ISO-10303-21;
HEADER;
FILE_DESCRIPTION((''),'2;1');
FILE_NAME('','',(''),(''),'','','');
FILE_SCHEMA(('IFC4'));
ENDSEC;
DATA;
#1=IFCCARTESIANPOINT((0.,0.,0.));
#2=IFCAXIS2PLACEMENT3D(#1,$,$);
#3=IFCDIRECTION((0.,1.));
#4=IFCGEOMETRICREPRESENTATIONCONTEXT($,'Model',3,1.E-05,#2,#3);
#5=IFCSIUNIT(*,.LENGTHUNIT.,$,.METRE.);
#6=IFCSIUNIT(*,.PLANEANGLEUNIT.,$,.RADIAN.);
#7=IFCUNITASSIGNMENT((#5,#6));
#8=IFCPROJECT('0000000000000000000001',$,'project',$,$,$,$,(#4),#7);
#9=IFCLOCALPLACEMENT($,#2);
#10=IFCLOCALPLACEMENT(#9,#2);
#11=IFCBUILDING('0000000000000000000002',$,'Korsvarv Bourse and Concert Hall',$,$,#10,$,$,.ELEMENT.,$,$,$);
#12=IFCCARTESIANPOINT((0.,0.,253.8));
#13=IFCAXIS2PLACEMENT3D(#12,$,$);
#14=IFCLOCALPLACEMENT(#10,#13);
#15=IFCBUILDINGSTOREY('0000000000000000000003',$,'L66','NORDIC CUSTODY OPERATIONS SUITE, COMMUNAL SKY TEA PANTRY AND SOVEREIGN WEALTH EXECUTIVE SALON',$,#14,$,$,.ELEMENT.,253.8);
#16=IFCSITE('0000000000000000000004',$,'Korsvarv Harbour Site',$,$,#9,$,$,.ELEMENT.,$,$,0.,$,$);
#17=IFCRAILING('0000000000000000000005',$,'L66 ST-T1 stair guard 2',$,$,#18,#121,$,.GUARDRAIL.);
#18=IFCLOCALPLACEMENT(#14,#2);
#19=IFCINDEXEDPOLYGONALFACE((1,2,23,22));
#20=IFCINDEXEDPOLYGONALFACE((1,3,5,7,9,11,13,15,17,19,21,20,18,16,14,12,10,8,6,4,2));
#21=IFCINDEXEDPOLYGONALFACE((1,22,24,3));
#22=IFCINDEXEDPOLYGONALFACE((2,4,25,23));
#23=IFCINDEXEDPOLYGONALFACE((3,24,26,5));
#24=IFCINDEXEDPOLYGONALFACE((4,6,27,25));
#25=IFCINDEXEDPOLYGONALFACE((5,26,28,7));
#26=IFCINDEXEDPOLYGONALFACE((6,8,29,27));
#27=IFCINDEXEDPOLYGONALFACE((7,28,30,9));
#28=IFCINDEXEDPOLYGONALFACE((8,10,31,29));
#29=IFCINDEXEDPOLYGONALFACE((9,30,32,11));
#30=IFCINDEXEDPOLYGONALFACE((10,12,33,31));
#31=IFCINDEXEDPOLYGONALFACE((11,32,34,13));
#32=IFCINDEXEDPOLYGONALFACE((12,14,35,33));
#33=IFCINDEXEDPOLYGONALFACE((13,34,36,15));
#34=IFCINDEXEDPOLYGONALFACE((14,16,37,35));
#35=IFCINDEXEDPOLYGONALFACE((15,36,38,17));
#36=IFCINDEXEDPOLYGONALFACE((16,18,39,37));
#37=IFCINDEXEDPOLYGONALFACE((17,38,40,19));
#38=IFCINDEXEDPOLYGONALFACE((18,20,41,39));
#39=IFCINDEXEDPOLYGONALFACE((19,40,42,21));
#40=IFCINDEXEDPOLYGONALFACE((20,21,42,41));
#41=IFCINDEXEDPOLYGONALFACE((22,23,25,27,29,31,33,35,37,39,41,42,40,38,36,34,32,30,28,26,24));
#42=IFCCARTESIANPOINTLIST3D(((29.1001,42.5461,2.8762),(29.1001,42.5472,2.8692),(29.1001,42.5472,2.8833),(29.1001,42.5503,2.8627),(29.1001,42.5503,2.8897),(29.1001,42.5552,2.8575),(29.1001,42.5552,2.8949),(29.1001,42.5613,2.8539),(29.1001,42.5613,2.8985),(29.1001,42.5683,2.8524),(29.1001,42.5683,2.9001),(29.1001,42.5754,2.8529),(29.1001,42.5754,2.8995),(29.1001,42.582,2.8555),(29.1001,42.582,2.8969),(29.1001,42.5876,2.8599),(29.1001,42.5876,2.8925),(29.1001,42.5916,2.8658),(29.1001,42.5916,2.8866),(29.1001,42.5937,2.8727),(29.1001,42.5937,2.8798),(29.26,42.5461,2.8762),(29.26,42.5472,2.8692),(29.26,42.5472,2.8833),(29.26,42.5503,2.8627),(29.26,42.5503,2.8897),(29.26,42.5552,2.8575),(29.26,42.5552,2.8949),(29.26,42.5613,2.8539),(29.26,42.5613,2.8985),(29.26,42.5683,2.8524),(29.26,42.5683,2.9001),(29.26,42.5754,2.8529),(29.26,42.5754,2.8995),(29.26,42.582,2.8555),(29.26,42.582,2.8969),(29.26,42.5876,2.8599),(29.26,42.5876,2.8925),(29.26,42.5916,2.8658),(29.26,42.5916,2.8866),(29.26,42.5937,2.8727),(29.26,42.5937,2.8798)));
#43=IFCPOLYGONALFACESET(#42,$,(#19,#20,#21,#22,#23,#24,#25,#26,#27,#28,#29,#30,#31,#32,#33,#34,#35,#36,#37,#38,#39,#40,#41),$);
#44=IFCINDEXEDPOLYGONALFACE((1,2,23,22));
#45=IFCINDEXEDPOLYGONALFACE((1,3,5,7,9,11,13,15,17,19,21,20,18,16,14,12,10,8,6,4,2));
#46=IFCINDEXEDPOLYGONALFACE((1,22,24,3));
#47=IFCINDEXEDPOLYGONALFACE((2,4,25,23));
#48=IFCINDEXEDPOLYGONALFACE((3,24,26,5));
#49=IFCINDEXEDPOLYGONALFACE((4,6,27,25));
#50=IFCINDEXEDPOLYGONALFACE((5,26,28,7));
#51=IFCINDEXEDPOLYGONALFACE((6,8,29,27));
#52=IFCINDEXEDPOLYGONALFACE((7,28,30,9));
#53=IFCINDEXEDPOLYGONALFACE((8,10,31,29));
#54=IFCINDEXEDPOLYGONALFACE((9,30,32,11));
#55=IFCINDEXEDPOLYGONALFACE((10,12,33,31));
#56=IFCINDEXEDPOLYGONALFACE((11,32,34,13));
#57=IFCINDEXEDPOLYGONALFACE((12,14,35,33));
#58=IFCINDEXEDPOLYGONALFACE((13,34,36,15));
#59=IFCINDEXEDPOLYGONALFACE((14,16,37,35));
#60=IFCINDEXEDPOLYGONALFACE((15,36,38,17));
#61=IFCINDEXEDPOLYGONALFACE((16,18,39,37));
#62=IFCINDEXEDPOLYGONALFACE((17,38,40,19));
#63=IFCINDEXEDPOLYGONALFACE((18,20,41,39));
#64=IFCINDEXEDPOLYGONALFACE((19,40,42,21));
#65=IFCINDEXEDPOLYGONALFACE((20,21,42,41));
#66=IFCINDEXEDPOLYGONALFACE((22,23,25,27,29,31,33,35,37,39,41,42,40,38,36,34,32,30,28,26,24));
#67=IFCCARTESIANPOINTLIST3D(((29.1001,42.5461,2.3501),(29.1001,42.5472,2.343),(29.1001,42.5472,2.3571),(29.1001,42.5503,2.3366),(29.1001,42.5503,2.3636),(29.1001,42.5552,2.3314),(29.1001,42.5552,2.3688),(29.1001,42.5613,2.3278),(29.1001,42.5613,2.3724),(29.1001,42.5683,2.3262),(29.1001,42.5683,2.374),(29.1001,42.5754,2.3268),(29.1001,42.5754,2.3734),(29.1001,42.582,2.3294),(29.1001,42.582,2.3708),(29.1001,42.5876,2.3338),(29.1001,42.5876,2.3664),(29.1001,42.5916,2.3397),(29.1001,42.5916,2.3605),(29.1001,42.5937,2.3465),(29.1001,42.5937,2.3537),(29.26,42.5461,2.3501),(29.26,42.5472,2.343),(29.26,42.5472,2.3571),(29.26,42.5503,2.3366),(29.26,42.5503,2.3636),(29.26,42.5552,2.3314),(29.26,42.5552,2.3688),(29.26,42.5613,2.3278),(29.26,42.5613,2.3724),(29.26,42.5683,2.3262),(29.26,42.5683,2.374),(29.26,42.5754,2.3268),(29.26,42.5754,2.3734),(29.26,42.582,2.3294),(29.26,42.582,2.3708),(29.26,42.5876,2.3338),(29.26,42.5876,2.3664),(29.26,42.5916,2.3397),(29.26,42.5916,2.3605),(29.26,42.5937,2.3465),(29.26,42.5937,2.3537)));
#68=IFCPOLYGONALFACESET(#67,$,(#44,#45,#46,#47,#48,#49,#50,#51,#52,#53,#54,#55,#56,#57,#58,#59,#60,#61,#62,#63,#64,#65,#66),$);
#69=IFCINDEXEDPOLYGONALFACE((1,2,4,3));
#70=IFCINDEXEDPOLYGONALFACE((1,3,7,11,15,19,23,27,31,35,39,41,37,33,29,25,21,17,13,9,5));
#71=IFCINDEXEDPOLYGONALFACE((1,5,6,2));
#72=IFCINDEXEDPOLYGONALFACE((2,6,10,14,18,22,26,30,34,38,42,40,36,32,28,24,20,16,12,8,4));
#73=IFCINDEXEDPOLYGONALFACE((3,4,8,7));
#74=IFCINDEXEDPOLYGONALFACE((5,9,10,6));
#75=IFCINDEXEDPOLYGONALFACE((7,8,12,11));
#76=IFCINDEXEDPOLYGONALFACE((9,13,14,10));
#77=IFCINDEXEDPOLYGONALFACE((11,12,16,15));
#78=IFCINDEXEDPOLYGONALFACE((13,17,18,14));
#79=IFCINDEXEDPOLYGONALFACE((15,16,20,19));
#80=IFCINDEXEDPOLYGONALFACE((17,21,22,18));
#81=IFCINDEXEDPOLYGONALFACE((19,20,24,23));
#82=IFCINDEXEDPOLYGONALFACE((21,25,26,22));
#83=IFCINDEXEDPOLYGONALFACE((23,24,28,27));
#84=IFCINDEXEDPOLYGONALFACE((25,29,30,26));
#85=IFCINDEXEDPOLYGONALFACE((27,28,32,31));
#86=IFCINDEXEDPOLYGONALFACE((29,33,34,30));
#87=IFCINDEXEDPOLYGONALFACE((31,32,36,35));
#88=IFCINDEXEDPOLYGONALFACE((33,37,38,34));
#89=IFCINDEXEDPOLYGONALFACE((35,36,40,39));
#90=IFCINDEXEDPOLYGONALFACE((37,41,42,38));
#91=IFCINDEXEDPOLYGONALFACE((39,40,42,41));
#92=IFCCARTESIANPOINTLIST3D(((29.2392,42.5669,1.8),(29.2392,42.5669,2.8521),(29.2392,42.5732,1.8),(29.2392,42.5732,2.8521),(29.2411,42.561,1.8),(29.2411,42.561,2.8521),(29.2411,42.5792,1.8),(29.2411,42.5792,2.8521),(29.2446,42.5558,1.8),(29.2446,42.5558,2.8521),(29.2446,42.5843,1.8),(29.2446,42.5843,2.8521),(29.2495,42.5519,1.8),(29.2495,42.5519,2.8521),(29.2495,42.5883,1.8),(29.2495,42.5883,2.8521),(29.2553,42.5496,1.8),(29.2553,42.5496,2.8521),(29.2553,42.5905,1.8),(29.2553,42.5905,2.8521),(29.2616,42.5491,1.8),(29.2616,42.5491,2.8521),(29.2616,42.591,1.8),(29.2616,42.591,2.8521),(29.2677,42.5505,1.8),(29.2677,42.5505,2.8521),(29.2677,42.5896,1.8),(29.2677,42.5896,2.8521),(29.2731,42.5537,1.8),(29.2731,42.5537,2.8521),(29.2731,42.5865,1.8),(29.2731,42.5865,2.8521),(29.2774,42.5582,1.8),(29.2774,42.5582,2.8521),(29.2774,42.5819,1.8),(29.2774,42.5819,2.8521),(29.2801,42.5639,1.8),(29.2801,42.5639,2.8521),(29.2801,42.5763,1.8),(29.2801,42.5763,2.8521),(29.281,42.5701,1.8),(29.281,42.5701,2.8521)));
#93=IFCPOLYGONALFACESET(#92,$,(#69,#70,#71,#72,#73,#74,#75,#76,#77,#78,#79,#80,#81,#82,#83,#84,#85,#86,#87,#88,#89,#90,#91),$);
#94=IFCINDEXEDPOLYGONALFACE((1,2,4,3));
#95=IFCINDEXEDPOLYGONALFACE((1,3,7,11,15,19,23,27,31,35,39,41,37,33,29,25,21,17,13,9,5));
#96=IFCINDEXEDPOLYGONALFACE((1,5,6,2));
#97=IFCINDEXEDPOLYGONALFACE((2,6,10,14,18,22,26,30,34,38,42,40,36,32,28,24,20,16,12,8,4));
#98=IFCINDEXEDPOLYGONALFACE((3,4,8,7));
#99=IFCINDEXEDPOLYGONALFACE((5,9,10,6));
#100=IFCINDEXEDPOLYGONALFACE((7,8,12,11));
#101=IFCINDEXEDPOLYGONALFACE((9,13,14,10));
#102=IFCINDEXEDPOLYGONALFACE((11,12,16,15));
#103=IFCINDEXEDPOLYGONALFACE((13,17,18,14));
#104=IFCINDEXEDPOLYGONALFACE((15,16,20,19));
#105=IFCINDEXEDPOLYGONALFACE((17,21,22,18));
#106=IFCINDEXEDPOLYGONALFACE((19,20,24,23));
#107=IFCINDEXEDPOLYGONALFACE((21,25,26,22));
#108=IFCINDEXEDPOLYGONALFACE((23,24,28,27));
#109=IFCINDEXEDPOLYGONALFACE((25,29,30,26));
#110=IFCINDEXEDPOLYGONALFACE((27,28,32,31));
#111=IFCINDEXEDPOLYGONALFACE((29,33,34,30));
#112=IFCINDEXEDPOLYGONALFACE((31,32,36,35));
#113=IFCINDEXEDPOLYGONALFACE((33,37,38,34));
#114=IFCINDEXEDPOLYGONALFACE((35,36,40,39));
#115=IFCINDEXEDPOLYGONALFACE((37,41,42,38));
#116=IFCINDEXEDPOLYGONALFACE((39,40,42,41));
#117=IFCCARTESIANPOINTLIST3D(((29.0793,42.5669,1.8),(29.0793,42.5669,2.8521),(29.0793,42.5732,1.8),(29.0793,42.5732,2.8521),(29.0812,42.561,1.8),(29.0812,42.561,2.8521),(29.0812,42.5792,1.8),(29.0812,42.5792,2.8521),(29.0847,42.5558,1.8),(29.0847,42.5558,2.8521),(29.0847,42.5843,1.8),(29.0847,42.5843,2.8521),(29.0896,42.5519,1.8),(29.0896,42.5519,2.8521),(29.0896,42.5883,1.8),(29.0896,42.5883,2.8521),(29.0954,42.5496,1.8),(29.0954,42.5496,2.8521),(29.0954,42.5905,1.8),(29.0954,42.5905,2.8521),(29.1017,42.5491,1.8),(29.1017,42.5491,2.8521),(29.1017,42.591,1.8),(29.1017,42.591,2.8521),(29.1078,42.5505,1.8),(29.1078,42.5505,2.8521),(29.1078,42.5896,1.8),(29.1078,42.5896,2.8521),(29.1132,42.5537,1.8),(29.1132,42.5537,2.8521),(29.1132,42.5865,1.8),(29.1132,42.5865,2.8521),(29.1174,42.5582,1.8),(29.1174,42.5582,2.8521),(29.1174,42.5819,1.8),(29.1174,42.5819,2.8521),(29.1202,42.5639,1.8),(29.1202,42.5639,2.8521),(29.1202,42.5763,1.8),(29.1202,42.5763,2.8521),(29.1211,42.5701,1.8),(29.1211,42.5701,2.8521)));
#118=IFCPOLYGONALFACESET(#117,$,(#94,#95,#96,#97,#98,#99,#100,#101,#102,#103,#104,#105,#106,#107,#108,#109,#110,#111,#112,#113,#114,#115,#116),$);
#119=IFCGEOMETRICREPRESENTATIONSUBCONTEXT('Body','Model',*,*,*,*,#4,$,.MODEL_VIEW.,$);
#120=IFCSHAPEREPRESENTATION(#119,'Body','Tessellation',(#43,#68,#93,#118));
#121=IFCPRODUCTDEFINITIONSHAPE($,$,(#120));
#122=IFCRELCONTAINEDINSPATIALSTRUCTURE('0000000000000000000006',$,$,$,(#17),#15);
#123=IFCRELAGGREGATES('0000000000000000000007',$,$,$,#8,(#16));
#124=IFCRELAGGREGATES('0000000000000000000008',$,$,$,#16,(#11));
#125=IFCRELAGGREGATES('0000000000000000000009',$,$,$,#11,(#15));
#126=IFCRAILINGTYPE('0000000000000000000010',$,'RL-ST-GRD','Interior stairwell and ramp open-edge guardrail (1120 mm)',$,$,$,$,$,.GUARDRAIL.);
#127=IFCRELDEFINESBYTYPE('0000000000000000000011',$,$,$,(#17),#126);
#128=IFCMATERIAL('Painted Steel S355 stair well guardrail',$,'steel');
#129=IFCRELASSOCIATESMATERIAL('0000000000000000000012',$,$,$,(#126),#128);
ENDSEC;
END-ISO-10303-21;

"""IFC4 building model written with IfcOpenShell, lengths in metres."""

from ifc_helpers import new_model, si_unit, direction, frame, origin, origin_2d, place, context, subcontext, project, spatial, circle, extrude, material, type_object, element, save


model = new_model("IFC4")

# Units and contexts
model_context = context("Model", 3, precision=1e-05, world=origin(), true_north=direction((0.0, 1.0)))
body_context = subcontext(model_context, "Body", "Model", "MODEL_VIEW")
ifc_project = project(units=[si_unit("LENGTHUNIT", "METRE"), si_unit("PLANEANGLEUNIT", "RADIAN")], contexts=[model_context])

# Site, building, storey
site_placement = place(None, origin())
site = spatial("IfcSite", under=ifc_project, at=site_placement, Name="Korsvarv Harbour Site", CompositionType="ELEMENT", RefElevation=0.0)
building_placement = place(site_placement, origin())
building = spatial("IfcBuilding", under=site, at=building_placement, Name="Korsvarv Bourse and Concert Hall", CompositionType="ELEMENT")
storey_placement = place(building_placement, frame((0.0, 0.0, 253.8)))
storey = spatial("IfcBuildingStorey", under=building, at=storey_placement, Name="L66", Description="NORDIC CUSTODY OPERATIONS SUITE, COMMUNAL SKY TEA PANTRY AND SOVEREIGN WEALTH EXECUTIVE SALON", CompositionType="ELEMENT", Elevation=253.8)

# Railing
ifc_material_1 = material(Name="Painted Steel S355 stair well guardrail", Category="steel")
railing_type_1 = type_object("IfcRailingType", Name="RL-ST-GRD", Description="Interior stairwell and ramp open-edge guardrail (1120 mm)", PredefinedType="GUARDRAIL", material=ifc_material_1)
railing_1_placement = place(storey_placement, frame((29.26, 42.5701, 1.8)))
element("IfcRailing", 1, at=railing_1_placement, inside=storey, type_object=railing_type_1, Name="L66 ST-T1 stair guard 2", PredefinedType="GUARDRAIL", context=body_context, shape_type="SweptSolid", body=[
    extrude(circle(Radius=0.0239, at=origin_2d()), frame((0.0, 0.0, 1.0762), z_axis=(-1.0, 0.0, 0.0), x_axis=(0.0, -1.0, 0.0)), (0.0, 0.0, 1.0), 0.1599),
    extrude(circle(Radius=0.0239, at=origin_2d()), frame((0.0, 0.0, 0.55), z_axis=(-1.0, 0.0, 0.0), x_axis=(0.0, -1.0, 0.0)), (0.0, 0.0, 1.0), 0.1599),
    extrude(circle(Radius=0.021, at=origin_2d()), origin(), (0.0, 0.0, 1.0), 1.052),
    extrude(circle(Radius=0.021, at=origin_2d()), frame((-0.1599, 0.0, 0.0)), (0.0, 0.0, 1.0), 1.052),
])

save(model, "model.ifc")
